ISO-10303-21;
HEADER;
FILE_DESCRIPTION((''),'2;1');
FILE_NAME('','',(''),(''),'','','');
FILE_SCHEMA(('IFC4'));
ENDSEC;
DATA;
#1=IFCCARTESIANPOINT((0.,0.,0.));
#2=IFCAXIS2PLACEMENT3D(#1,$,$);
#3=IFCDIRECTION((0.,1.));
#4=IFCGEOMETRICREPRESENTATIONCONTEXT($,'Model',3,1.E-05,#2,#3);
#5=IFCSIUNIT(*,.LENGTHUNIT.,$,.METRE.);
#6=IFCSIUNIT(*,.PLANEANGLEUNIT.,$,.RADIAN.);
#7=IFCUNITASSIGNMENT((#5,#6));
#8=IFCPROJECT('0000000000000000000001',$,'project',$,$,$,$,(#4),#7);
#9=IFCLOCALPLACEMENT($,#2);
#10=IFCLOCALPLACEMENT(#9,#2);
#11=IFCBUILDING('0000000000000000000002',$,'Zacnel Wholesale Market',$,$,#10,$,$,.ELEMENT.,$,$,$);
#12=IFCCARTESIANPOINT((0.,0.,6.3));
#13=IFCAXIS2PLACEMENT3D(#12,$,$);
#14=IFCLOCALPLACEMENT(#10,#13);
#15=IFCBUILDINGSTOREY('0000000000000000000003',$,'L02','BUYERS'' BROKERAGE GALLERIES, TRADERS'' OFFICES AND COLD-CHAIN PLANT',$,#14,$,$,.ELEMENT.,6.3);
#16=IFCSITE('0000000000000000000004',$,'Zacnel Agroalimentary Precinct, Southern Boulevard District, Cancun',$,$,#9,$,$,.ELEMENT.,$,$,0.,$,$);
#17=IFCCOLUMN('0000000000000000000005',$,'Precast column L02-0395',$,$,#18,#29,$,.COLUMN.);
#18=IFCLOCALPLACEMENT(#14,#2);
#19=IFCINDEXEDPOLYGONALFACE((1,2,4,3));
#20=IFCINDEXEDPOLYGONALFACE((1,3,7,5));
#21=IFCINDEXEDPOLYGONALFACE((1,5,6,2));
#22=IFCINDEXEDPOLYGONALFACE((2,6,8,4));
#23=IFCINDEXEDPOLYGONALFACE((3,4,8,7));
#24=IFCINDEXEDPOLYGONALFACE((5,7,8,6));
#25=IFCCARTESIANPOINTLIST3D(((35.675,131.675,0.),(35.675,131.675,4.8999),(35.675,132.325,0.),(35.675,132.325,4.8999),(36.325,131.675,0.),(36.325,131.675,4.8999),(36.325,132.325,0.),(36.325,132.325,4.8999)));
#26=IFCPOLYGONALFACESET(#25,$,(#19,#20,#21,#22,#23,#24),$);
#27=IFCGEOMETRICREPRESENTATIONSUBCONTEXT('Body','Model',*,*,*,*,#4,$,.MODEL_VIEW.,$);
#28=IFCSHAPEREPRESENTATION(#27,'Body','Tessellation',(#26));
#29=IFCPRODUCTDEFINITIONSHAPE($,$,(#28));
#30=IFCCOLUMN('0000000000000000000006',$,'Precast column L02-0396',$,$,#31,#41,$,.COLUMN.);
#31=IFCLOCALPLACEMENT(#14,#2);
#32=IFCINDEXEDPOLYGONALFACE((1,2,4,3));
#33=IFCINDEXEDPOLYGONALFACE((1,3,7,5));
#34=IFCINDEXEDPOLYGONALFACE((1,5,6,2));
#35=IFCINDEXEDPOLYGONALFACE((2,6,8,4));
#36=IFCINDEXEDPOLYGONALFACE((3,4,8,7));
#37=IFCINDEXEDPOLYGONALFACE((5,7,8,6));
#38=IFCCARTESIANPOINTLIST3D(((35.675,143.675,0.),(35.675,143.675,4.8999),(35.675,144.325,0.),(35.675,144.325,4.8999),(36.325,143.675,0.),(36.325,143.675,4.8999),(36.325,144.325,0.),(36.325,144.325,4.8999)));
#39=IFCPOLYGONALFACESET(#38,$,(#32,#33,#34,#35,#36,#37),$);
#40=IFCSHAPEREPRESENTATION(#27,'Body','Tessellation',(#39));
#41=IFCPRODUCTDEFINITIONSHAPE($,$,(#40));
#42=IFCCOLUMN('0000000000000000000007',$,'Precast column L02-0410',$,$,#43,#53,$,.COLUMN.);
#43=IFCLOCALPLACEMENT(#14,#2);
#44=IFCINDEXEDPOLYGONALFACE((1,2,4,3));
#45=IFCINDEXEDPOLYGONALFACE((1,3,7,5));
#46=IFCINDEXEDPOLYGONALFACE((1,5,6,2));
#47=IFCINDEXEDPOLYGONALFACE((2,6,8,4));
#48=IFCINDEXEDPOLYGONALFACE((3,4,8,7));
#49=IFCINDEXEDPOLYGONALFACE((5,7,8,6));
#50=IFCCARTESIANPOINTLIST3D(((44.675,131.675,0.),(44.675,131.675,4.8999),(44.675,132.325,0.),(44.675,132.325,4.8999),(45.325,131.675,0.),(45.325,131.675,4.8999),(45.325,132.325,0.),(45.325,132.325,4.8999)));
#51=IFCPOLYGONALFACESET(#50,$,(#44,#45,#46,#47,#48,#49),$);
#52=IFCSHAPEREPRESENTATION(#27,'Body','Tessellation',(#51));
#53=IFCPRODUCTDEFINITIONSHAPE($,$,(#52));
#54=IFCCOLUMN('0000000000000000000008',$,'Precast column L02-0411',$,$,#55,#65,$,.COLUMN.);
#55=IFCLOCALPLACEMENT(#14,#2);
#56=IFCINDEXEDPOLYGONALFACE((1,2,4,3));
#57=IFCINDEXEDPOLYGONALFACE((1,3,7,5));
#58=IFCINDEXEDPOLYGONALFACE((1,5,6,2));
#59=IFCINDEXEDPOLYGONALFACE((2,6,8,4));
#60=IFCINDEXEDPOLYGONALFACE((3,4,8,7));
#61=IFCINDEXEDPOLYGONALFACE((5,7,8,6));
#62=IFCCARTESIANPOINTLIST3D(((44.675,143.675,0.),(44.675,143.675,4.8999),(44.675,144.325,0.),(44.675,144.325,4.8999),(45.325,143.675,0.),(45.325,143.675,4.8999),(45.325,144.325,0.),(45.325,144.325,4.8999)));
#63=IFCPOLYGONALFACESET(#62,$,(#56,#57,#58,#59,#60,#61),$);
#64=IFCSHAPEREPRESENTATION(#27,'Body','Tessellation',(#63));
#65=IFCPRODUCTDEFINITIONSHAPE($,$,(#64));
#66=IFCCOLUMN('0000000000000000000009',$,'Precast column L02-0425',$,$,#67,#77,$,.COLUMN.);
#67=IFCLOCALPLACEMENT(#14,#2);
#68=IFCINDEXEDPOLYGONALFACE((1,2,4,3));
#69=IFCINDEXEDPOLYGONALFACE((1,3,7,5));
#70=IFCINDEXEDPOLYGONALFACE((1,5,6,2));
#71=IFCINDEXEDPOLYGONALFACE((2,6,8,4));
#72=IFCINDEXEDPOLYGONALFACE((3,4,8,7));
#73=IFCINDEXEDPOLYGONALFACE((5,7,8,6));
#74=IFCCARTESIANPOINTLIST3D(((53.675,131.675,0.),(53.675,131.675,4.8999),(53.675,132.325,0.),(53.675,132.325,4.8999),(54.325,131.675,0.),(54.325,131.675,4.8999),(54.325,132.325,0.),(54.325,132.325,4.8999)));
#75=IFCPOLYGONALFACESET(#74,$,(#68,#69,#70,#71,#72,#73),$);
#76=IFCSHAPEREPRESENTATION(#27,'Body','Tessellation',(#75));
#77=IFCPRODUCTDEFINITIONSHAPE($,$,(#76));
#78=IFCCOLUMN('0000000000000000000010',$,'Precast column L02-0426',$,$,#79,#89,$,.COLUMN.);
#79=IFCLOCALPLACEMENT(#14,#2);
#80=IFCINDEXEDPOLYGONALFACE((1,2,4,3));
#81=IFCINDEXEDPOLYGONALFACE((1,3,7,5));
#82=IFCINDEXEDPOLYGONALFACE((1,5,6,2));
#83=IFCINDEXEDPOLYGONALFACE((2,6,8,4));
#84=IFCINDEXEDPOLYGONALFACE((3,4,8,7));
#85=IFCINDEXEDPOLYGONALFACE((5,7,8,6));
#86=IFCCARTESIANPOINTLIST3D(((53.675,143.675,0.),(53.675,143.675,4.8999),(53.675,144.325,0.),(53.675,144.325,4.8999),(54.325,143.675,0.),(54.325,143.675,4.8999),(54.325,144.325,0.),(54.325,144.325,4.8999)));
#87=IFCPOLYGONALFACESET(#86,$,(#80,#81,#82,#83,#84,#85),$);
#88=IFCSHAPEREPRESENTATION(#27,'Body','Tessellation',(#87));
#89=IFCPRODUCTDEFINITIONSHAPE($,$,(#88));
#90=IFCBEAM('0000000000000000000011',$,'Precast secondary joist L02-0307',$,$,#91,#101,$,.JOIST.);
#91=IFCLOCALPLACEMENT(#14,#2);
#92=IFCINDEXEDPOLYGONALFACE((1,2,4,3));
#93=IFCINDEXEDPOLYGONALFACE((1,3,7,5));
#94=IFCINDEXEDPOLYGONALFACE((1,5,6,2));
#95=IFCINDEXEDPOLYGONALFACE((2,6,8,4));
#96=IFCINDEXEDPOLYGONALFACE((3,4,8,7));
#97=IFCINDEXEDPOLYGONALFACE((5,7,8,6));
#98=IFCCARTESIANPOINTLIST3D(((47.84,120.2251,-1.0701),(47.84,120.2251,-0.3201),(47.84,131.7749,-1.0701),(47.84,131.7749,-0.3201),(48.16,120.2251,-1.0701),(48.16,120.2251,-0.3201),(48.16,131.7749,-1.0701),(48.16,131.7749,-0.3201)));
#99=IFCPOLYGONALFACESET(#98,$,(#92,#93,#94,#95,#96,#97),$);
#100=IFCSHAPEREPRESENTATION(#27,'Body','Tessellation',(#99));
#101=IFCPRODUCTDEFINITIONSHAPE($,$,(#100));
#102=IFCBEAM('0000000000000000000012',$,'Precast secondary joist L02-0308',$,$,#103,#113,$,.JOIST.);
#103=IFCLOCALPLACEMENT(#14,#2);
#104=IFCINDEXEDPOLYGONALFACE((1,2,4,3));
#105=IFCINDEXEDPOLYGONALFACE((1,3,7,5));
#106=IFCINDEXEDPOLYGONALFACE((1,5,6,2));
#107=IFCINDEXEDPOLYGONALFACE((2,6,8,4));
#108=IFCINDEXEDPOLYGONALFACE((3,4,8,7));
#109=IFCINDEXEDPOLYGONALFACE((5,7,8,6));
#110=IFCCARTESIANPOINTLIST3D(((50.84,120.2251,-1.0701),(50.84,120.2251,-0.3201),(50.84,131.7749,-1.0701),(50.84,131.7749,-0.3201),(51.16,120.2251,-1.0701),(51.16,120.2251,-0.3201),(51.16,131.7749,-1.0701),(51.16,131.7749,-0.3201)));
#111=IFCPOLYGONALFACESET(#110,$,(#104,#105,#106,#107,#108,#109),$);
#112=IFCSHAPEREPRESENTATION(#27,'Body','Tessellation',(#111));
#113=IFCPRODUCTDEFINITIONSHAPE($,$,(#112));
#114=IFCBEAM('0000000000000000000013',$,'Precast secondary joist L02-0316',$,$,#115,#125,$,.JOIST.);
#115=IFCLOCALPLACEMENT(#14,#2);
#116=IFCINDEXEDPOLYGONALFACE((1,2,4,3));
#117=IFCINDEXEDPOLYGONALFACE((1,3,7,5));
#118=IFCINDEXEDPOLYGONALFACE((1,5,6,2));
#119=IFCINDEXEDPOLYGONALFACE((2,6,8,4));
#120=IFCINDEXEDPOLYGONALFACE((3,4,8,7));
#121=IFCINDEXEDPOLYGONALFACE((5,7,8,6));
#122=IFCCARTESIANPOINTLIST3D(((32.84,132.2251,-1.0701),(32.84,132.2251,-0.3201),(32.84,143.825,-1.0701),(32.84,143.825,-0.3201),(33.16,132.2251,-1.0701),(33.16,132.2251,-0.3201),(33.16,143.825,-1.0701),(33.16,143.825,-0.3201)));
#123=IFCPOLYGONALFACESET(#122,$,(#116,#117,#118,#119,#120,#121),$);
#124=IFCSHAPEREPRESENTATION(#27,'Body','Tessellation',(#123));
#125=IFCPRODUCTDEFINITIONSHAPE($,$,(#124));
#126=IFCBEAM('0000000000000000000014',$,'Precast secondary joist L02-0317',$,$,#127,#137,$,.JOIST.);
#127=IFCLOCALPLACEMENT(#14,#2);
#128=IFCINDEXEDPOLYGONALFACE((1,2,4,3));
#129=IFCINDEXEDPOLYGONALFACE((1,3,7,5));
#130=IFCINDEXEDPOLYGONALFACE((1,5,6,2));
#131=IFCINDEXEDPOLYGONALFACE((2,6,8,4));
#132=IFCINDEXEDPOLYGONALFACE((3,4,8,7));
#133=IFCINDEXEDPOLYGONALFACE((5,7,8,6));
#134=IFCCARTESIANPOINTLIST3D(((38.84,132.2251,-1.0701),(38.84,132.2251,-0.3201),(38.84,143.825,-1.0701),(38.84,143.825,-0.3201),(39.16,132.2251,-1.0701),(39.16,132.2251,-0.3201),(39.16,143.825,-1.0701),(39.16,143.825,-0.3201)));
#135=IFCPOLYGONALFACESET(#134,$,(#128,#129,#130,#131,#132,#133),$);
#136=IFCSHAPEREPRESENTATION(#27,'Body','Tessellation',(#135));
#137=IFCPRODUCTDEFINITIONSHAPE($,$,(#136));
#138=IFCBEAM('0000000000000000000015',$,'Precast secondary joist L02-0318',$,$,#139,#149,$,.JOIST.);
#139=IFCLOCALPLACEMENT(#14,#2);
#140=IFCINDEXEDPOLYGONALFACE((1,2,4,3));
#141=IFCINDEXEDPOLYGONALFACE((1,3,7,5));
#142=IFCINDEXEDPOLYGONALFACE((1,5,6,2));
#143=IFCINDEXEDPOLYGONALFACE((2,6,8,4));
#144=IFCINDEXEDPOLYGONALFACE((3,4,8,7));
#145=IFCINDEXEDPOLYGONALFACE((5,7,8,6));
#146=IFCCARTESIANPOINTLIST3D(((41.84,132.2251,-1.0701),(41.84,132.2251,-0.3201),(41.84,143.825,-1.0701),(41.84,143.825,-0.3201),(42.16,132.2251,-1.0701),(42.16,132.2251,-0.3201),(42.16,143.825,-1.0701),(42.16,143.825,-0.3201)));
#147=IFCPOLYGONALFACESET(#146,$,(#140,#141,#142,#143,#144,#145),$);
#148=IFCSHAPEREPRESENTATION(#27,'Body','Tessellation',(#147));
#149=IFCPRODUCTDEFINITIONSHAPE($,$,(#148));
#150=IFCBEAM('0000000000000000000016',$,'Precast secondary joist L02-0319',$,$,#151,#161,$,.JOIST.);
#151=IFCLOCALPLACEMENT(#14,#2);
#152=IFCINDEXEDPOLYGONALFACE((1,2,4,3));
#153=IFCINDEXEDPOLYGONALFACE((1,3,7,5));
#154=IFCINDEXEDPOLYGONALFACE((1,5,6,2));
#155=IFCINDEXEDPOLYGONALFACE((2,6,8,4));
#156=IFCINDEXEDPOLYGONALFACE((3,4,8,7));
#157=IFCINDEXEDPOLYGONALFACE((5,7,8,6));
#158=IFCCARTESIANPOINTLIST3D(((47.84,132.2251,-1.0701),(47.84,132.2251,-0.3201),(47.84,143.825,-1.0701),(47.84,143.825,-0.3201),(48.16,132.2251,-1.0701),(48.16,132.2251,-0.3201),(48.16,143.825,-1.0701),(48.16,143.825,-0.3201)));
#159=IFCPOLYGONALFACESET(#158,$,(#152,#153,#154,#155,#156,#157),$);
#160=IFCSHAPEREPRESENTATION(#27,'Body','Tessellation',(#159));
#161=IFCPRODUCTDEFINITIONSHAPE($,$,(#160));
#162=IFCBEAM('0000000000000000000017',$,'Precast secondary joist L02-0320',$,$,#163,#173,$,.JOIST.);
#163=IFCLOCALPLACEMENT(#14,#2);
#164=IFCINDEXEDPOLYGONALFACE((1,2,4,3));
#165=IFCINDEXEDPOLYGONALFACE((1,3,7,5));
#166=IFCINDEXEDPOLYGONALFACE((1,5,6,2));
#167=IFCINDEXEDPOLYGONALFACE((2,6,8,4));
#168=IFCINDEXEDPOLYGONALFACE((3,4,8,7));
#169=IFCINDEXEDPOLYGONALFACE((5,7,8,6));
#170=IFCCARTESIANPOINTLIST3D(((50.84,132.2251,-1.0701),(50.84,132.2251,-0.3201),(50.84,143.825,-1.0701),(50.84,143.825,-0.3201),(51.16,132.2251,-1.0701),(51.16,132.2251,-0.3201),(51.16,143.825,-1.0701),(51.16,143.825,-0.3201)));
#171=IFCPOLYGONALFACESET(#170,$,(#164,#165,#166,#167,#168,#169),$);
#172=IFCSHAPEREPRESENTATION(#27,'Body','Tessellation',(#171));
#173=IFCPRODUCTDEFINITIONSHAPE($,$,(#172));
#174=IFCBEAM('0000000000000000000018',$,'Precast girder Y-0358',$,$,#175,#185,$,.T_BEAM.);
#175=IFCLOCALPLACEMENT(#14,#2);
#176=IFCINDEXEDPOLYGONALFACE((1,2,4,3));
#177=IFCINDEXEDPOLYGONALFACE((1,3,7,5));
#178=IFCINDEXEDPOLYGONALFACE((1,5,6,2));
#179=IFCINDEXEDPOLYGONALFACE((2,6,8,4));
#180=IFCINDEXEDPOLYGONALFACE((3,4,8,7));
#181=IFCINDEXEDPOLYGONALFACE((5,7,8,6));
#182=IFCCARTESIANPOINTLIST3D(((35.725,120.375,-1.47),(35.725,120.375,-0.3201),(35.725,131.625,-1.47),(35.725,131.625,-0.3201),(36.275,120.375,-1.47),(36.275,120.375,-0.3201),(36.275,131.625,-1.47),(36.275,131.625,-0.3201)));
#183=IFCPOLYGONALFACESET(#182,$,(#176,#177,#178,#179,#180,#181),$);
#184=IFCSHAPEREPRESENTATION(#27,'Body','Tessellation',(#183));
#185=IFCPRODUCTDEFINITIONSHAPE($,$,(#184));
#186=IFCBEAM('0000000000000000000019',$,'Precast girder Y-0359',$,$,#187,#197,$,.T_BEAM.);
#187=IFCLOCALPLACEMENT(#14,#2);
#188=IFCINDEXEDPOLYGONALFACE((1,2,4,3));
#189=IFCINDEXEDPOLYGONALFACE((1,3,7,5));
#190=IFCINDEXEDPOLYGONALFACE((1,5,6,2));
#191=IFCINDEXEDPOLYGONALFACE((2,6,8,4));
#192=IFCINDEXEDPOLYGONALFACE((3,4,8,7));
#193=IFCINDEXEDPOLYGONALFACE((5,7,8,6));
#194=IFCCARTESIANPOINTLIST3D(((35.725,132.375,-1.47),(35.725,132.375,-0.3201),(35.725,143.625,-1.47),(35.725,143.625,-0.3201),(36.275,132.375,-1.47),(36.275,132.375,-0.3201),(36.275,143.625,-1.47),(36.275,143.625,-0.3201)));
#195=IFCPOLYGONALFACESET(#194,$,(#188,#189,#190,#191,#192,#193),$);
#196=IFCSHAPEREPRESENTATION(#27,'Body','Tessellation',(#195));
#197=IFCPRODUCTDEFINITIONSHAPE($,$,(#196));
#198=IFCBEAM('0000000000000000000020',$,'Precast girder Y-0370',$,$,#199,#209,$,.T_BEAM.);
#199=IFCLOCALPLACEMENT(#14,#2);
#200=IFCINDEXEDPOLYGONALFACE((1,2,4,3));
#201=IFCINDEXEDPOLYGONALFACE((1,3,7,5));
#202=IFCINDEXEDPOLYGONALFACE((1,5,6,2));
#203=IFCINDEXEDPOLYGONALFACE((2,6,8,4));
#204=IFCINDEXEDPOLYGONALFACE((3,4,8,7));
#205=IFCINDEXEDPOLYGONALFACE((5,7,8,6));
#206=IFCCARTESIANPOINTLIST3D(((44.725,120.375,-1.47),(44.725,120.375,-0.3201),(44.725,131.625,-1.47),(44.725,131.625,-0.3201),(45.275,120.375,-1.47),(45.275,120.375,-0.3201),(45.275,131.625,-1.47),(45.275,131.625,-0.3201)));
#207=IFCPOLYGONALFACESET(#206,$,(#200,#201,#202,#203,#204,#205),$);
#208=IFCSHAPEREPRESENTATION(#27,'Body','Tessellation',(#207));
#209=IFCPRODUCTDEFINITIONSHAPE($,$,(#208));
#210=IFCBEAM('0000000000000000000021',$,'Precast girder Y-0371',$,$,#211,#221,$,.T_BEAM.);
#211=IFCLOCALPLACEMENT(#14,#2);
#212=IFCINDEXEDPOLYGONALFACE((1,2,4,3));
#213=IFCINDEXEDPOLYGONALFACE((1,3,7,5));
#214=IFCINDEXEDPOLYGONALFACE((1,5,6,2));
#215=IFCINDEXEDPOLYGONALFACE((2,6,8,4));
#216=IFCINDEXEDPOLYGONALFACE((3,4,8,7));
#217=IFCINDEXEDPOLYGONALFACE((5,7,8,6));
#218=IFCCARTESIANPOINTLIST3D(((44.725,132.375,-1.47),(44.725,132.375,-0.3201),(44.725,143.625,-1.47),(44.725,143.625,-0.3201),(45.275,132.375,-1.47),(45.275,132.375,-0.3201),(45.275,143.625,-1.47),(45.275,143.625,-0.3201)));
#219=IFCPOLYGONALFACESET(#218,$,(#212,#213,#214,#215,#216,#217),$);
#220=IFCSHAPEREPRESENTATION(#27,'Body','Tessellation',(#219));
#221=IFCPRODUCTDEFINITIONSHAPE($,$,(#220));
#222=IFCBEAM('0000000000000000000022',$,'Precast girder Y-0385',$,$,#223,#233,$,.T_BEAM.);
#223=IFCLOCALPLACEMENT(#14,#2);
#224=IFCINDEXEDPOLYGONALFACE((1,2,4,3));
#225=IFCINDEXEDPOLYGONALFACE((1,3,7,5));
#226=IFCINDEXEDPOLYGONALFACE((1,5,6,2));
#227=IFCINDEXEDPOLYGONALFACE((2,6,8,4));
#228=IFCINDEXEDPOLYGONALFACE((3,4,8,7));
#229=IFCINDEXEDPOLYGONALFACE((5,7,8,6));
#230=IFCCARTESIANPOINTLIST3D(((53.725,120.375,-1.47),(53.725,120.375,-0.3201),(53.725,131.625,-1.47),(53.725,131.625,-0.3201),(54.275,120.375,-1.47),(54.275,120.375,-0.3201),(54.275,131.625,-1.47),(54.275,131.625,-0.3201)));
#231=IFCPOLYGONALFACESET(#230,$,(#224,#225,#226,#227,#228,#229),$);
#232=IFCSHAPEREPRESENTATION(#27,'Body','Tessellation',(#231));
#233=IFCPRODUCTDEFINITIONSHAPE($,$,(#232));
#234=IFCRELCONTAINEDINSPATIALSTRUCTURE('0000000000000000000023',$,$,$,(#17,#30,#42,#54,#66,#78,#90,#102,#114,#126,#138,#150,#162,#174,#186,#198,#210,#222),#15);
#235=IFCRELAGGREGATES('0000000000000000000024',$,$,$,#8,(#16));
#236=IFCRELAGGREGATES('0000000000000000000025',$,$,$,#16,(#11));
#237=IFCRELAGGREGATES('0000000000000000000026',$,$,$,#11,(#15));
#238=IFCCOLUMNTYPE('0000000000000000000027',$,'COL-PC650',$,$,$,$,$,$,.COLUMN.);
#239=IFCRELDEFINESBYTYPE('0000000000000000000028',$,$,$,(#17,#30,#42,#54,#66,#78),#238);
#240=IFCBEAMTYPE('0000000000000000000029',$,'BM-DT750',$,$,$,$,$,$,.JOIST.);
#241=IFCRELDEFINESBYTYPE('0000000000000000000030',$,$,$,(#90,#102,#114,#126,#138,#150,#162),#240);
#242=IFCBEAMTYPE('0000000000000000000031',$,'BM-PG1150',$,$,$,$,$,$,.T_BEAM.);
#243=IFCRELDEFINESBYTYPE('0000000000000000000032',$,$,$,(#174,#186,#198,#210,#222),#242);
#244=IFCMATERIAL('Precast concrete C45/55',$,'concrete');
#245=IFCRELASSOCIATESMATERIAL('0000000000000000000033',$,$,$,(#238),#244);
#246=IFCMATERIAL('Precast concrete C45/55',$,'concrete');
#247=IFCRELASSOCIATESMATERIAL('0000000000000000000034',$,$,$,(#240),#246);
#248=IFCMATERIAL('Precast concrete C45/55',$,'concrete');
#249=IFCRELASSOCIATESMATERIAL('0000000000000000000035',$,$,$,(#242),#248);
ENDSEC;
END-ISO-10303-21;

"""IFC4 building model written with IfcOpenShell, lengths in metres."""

from ifc_helpers import new_model, si_unit, direction, frame, origin, origin_2d, place, context, subcontext, project, spatial, rectangle, extrude, material, material_profile, profile_set, type_object, element, save


model = new_model("IFC4")

# Units and contexts
model_context = context("Model", 3, precision=1e-05, world=origin(), true_north=direction((0.0, 1.0)))
body_context = subcontext(model_context, "Body", "Model", "MODEL_VIEW")
ifc_project = project(units=[si_unit("LENGTHUNIT", "METRE"), si_unit("PLANEANGLEUNIT", "RADIAN")], contexts=[model_context])

# Site, building, storey
site_placement = place(None, origin())
site = spatial("IfcSite", under=ifc_project, at=site_placement, Name="Zacnel Agroalimentary Precinct, Southern Boulevard District, Cancun", CompositionType="ELEMENT", RefElevation=0.0)
building_placement = place(site_placement, origin())
building = spatial("IfcBuilding", under=site, at=building_placement, Name="Zacnel Wholesale Market", CompositionType="ELEMENT")
storey_placement = place(building_placement, frame((0.0, 0.0, 6.3)))
storey = spatial("IfcBuildingStorey", under=building, at=storey_placement, Name="L02", Description="BUYERS' BROKERAGE GALLERIES, TRADERS' OFFICES AND COLD-CHAIN PLANT", CompositionType="ELEMENT", Elevation=6.3)

# Columns
ifc_material_1 = material(Name="Precast concrete C45/55", Category="concrete")
ifc_material_profile_1 = material_profile(ifc_material_1, rectangle(XDim=0.6499, YDim=0.6499, at=origin_2d()), Name="PC 650x650")
ifc_profile_set_1 = profile_set([ifc_material_profile_1], Name="Precast concrete C45/55")
column_type = type_object("IfcColumnType", Name="COL-PC650", PredefinedType="COLUMN", material=ifc_profile_set_1)
for number, where, z_axis, x_axis, name in (
    (1, (36.0, 132.0, 0.0), (0.0, 0.0, 1.0), (1.0, 0.0, 0.0), "Precast column L02-0395"),
    (2, (36.0, 144.0, 0.0), (0.0, 0.0, 1.0), (1.0, 0.0, 0.0), "Precast column L02-0396"),
    (3, (45.0, 132.0, 0.0), (0.0, 0.0, 1.0), (1.0, 0.0, 0.0), "Precast column L02-0410"),
    (4, (45.0, 144.0, 0.0), (0.0, 0.0, 1.0), (1.0, 0.0, 0.0), "Precast column L02-0411"),
    (5, (54.0, 132.0, 0.0), (0.0, 0.0, 1.0), (1.0, 0.0, 0.0), "Precast column L02-0425"),
    (6, (54.0, 144.0, 0.0), (0.0, 0.0, 1.0), (1.0, 0.0, 0.0), "Precast column L02-0426"),
):
    element("IfcColumn", number, at=place(storey_placement, frame(where, z_axis=z_axis, x_axis=x_axis)), inside=storey, type_object=column_type, Name=name, PredefinedType="COLUMN", context=body_context, shape_type="SweptSolid", body=[
        extrude(rectangle(XDim=0.6499, YDim=0.6499, at=origin_2d()), origin(), (0.0, 0.0, 1.0), 4.8999),
    ])

# Beams
ifc_material_2 = material(Name="Precast concrete C45/55", Category="concrete")
ifc_material_profile_2 = material_profile(ifc_material_2, rectangle(XDim=0.3201, YDim=0.75, at=origin_2d()), Name="DT RIB 320x750")
ifc_profile_set_2 = profile_set([ifc_material_profile_2], Name="Precast concrete C45/55")
beam_type_1 = type_object("IfcBeamType", Name="BM-DT750", PredefinedType="JOIST", material=ifc_profile_set_2)
for number, where, z_axis, x_axis, name in (
    (7, (48.0, 120.2251, -0.6951), (0.0, 1.0, 0.0), (-1.0, 0.0, 0.0), "Precast secondary joist L02-0307"),
    (8, (51.0, 120.2251, -0.6951), (0.0, 1.0, 0.0), (-1.0, 0.0, 0.0), "Precast secondary joist L02-0308"),
):
    element("IfcBeam", number, at=place(storey_placement, frame(where, z_axis=z_axis, x_axis=x_axis)), inside=storey, type_object=beam_type_1, Name=name, PredefinedType="JOIST", context=body_context, shape_type="SweptSolid", body=[
        extrude(rectangle(XDim=0.3201, YDim=0.75, at=origin_2d()), origin(), (0.0, 0.0, 1.0), 11.5498),
    ])
for number, where, z_axis, x_axis, name in (
    (9, (33.0, 132.2251, -0.6951), (0.0, 1.0, 0.0), (-1.0, 0.0, 0.0), "Precast secondary joist L02-0316"),
    (10, (39.0, 132.2251, -0.6951), (0.0, 1.0, 0.0), (-1.0, 0.0, 0.0), "Precast secondary joist L02-0317"),
    (11, (42.0, 132.2251, -0.6951), (0.0, 1.0, 0.0), (-1.0, 0.0, 0.0), "Precast secondary joist L02-0318"),
    (12, (48.0, 132.2251, -0.6951), (0.0, 1.0, 0.0), (-1.0, 0.0, 0.0), "Precast secondary joist L02-0319"),
    (13, (51.0, 132.2251, -0.6951), (0.0, 1.0, 0.0), (-1.0, 0.0, 0.0), "Precast secondary joist L02-0320"),
):
    element("IfcBeam", number, at=place(storey_placement, frame(where, z_axis=z_axis, x_axis=x_axis)), inside=storey, type_object=beam_type_1, Name=name, PredefinedType="JOIST", context=body_context, shape_type="SweptSolid", body=[
        extrude(rectangle(XDim=0.3201, YDim=0.75, at=origin_2d()), origin(), (0.0, 0.0, 1.0), 11.5999),
    ])
ifc_material_3 = material(Name="Precast concrete C45/55", Category="concrete")
ifc_material_profile_3 = material_profile(ifc_material_3, rectangle(XDim=0.55, YDim=1.1499, at=origin_2d()), Name="PG 550x1150")
ifc_profile_set_3 = profile_set([ifc_material_profile_3], Name="Precast concrete C45/55")
beam_type_2 = type_object("IfcBeamType", Name="BM-PG1150", PredefinedType="T_BEAM", material=ifc_profile_set_3)
for number, where, z_axis, x_axis, name in (
    (14, (36.0, 120.375, -0.895), (0.0, 1.0, 0.0), (-1.0, 0.0, 0.0), "Precast girder Y-0358"),
    (15, (36.0, 132.375, -0.895), (0.0, 1.0, 0.0), (-1.0, 0.0, 0.0), "Precast girder Y-0359"),
    (16, (45.0, 120.375, -0.895), (0.0, 1.0, 0.0), (-1.0, 0.0, 0.0), "Precast girder Y-0370"),
    (17, (45.0, 132.375, -0.895), (0.0, 1.0, 0.0), (-1.0, 0.0, 0.0), "Precast girder Y-0371"),
    (18, (54.0, 120.375, -0.895), (0.0, 1.0, 0.0), (-1.0, 0.0, 0.0), "Precast girder Y-0385"),
):
    element("IfcBeam", number, at=place(storey_placement, frame(where, z_axis=z_axis, x_axis=x_axis)), inside=storey, type_object=beam_type_2, Name=name, PredefinedType="T_BEAM", context=body_context, shape_type="SweptSolid", body=[
        extrude(rectangle(XDim=0.55, YDim=1.1499, at=origin_2d()), origin(), (0.0, 0.0, 1.0), 11.25),
    ])

save(model, "model.ifc")
